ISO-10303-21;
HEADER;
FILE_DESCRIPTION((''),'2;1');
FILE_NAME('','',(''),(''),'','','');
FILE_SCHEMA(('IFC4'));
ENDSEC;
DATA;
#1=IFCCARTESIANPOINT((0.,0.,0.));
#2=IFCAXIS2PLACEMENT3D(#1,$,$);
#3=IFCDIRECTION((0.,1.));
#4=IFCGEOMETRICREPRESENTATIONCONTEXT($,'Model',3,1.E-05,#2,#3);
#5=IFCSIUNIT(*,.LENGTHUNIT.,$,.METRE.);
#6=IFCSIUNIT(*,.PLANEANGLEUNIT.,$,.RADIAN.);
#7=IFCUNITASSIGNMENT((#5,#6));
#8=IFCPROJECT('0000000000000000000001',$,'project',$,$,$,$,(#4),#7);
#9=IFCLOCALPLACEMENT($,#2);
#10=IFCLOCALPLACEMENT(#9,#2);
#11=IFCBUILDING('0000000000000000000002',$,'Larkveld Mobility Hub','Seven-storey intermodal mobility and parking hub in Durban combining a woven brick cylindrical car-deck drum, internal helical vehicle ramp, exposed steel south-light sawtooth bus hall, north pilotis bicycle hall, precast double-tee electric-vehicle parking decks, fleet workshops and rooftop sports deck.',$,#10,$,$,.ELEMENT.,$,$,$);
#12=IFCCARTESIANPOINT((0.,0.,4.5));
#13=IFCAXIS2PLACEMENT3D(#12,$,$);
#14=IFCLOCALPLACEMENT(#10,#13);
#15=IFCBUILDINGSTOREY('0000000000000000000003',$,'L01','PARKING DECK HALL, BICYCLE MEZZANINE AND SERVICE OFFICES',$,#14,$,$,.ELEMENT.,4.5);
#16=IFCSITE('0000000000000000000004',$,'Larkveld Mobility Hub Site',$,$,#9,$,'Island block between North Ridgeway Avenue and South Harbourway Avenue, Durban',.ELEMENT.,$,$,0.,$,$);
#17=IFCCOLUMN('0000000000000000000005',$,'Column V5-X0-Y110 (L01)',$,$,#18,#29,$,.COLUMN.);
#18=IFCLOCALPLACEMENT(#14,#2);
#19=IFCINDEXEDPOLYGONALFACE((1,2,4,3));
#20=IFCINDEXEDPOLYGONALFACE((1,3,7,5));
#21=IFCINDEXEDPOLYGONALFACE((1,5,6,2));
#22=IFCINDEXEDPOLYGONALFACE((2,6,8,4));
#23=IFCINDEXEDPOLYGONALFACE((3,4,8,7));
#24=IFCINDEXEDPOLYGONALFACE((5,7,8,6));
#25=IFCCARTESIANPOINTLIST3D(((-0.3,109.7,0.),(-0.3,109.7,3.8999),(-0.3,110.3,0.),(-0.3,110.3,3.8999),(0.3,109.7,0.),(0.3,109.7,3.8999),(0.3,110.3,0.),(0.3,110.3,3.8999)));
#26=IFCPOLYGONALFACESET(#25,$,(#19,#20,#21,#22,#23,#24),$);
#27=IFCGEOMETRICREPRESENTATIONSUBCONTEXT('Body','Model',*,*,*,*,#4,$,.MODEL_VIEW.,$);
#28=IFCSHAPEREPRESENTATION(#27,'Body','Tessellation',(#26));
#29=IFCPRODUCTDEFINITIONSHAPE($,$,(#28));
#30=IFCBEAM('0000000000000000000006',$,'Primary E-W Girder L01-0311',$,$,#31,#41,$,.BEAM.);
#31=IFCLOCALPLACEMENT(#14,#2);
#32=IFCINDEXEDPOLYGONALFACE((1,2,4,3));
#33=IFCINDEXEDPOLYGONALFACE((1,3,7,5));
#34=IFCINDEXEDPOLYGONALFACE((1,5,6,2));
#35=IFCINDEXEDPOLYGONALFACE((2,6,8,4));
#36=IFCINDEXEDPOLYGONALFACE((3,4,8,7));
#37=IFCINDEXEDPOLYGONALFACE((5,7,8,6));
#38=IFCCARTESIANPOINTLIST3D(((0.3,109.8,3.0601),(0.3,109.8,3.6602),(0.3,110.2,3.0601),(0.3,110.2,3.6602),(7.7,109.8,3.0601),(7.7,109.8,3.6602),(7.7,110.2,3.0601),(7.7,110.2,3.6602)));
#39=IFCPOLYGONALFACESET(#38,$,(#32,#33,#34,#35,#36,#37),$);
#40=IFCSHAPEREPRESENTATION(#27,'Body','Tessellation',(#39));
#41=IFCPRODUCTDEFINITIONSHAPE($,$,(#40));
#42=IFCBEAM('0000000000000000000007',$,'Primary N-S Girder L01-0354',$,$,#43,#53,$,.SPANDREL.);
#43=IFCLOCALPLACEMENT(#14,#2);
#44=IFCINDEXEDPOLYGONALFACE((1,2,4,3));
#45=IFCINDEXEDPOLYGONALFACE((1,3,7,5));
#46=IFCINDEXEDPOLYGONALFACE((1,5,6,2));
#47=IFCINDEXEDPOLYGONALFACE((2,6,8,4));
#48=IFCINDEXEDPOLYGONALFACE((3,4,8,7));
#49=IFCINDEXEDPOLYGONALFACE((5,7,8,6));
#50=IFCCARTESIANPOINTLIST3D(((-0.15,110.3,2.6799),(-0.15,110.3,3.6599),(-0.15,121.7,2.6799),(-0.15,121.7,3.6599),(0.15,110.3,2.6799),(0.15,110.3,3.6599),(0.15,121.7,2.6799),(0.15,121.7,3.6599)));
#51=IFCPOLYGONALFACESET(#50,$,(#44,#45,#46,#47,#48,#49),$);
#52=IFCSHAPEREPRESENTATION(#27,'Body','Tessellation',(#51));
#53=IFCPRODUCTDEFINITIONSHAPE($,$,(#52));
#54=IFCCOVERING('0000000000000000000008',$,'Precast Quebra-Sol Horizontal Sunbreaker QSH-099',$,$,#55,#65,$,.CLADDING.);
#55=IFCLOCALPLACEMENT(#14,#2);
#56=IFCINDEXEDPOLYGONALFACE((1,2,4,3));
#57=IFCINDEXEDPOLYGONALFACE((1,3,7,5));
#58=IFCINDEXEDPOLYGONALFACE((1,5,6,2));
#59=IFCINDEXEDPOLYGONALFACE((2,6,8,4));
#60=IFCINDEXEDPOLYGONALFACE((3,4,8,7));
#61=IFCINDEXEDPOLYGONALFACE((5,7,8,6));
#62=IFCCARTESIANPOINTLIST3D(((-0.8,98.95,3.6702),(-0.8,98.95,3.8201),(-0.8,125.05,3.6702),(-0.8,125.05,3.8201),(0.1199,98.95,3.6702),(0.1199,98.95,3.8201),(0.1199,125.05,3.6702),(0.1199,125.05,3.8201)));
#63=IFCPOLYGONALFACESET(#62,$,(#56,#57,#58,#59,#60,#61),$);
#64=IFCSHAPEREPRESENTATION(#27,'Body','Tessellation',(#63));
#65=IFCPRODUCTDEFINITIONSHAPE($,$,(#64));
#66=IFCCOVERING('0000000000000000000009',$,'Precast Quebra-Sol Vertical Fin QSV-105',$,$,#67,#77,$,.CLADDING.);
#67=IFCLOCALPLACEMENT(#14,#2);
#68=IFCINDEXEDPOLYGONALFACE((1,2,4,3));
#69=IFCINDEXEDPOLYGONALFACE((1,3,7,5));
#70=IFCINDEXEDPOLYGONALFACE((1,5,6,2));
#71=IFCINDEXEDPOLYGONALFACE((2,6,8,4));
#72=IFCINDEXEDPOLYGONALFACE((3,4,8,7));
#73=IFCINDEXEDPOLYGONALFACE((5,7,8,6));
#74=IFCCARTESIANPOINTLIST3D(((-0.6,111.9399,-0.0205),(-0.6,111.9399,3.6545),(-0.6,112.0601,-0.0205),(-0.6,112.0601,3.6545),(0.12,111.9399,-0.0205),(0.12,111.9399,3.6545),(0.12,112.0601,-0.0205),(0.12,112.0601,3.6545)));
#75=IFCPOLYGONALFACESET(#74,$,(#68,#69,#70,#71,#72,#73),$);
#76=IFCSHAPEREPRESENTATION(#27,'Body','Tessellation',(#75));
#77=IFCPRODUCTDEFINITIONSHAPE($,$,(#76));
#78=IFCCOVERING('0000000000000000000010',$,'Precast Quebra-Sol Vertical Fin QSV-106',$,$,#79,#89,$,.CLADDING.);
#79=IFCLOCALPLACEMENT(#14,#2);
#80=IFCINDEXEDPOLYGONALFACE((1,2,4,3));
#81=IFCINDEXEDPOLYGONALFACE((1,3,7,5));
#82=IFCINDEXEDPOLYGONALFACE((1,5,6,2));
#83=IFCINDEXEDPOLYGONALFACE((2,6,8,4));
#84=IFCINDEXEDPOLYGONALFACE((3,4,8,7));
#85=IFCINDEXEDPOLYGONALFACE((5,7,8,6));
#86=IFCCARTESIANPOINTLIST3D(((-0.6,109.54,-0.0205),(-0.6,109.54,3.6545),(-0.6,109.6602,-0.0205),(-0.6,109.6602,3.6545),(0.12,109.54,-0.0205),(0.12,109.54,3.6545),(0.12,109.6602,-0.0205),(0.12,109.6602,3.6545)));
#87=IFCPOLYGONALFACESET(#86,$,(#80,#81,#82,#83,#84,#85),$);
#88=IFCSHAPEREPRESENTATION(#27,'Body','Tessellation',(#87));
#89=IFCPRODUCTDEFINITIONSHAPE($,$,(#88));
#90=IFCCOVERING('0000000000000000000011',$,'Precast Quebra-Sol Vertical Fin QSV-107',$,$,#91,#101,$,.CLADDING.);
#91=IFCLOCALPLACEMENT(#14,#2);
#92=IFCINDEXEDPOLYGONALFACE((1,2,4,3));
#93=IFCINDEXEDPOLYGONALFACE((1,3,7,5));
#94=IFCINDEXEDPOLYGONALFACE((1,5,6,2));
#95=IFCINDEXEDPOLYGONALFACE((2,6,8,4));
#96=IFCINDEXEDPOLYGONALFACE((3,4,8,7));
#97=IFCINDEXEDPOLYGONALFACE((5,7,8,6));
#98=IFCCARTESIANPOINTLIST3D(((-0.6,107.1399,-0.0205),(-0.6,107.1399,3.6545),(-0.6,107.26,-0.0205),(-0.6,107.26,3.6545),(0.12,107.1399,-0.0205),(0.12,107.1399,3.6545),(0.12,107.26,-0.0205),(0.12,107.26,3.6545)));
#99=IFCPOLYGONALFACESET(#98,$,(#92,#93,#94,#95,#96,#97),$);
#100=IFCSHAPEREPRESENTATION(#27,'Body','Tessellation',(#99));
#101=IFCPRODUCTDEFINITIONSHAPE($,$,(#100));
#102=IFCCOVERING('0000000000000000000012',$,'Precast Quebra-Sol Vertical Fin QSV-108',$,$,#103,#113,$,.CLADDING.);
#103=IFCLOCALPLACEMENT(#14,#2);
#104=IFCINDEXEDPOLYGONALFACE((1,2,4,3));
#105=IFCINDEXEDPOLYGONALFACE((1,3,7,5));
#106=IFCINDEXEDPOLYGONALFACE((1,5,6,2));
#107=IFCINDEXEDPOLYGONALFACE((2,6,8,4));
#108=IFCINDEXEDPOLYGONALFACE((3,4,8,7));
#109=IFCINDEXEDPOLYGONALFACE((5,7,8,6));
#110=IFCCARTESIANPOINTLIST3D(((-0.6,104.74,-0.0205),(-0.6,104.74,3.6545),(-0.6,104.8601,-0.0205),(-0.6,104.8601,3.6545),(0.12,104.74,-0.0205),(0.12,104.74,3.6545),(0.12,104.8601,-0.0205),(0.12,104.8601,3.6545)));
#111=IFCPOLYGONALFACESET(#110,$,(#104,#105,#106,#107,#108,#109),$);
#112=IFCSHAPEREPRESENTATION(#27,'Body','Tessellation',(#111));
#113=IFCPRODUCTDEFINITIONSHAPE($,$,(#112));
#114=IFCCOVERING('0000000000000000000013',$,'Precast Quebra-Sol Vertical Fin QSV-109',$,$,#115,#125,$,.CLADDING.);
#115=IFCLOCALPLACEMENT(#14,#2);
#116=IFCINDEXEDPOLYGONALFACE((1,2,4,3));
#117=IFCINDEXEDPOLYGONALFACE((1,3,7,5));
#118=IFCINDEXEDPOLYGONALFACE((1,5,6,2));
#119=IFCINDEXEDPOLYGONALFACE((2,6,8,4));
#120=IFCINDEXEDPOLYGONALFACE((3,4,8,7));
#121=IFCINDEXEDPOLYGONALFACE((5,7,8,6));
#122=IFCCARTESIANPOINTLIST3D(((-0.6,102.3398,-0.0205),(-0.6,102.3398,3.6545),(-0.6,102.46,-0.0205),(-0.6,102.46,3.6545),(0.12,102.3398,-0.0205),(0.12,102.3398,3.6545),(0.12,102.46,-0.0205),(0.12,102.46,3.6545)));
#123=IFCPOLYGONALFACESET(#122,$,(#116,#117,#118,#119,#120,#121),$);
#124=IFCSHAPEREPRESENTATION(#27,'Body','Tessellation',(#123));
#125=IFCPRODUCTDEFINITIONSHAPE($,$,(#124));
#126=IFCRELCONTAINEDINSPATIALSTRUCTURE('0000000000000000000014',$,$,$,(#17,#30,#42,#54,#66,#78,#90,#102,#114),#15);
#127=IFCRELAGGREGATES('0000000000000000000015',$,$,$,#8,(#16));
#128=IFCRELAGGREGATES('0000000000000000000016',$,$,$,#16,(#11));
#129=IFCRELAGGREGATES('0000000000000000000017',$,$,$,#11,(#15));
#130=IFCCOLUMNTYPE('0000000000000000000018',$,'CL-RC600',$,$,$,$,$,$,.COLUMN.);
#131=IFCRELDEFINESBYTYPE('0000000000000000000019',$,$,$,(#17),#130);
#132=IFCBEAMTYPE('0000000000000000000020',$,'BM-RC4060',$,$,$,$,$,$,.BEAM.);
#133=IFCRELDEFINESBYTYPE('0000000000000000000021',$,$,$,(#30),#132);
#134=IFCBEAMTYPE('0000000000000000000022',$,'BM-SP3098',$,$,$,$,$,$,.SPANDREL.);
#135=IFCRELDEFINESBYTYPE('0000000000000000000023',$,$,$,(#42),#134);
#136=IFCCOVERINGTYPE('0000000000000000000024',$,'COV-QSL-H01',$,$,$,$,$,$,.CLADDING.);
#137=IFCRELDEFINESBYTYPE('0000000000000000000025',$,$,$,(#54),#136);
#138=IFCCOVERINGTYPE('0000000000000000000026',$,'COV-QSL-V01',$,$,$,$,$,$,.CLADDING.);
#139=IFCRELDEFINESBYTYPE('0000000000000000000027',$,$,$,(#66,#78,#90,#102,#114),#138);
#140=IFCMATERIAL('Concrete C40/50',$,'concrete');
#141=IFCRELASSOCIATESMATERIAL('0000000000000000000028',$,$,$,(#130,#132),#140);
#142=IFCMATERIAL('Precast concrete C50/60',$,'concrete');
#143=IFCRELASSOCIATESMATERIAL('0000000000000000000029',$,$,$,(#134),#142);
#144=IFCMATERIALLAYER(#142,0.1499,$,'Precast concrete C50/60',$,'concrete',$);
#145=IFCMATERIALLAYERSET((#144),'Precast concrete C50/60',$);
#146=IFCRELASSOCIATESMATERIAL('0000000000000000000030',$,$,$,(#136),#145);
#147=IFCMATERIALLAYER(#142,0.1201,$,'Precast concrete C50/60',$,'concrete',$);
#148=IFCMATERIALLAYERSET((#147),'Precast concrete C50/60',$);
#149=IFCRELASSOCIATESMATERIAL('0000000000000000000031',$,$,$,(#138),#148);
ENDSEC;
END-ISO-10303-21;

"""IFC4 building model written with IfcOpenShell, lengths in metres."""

from ifc_helpers import new_model, si_unit, direction, frame, origin, origin_2d, place, context, subcontext, project, spatial, rectangle, extrude, material, layer, layer_set, material_profile, profile_set, type_object, element, save


model = new_model("IFC4")

# Units and contexts
model_context = context("Model", 3, precision=1e-05, world=origin(), true_north=direction((0.0, 1.0)))
body_context = subcontext(model_context, "Body", "Model", "MODEL_VIEW")
ifc_project = project(units=[si_unit("LENGTHUNIT", "METRE"), si_unit("PLANEANGLEUNIT", "RADIAN")], contexts=[model_context])

# Site, building, storey
site_placement = place(None, origin())
site = spatial("IfcSite", under=ifc_project, at=site_placement, Name="Larkveld Mobility Hub Site", LongName="Island block between North Ridgeway Avenue and South Harbourway Avenue, Durban", CompositionType="ELEMENT", RefElevation=0.0)
building_placement = place(site_placement, origin())
building = spatial("IfcBuilding", under=site, at=building_placement, Name="Larkveld Mobility Hub", Description="Seven-storey intermodal mobility and parking hub in Durban combining a woven brick cylindrical car-deck drum, internal helical vehicle ramp, exposed steel south-light sawtooth bus hall, north pilotis bicycle hall, precast double-tee electric-vehicle parking decks, fleet workshops and rooftop sports deck.", CompositionType="ELEMENT")
storey_placement = place(building_placement, frame((0.0, 0.0, 4.5)))
storey = spatial("IfcBuildingStorey", under=building, at=storey_placement, Name="L01", Description="PARKING DECK HALL, BICYCLE MEZZANINE AND SERVICE OFFICES", CompositionType="ELEMENT", Elevation=4.5)

# Column
ifc_material_1 = material(Name="Concrete C40/50", Category="concrete")
ifc_material_profile_1 = material_profile(ifc_material_1, rectangle(XDim=0.6001, YDim=0.6001, at=origin_2d()), Name="RC COL 600x600")
ifc_profile_set_1 = profile_set([ifc_material_profile_1], Name="Concrete C40/50")
column_type = type_object("IfcColumnType", Name="CL-RC600", PredefinedType="COLUMN", material=ifc_profile_set_1)
column_placement = place(storey_placement, frame((0.0, 110.0, 0.0), z_axis=(0.0, 0.0, 1.0), x_axis=(1.0, 0.0, 0.0)))
element("IfcColumn", 1, at=column_placement, inside=storey, type_object=column_type, Name="Column V5-X0-Y110 (L01)", PredefinedType="COLUMN", context=body_context, shape_type="SweptSolid", body=[
    extrude(rectangle(XDim=0.6001, YDim=0.6001, at=origin_2d()), origin(), (0.0, 0.0, 1.0), 3.8999),
])

# Beams
ifc_material_profile_2 = material_profile(ifc_material_1, rectangle(XDim=0.3999, YDim=0.6001, at=origin_2d()), Name="RC BM 400x600")
ifc_profile_set_2 = profile_set([ifc_material_profile_2], Name="Concrete C40/50")
beam_type_1 = type_object("IfcBeamType", Name="BM-RC4060", PredefinedType="BEAM", material=ifc_profile_set_2)
beam_1_placement = place(storey_placement, frame((0.3, 110.0, 3.3601), z_axis=(1.0, 0.0, 0.0), x_axis=(0.0, 1.0, 0.0)))
element("IfcBeam", 2, at=beam_1_placement, inside=storey, type_object=beam_type_1, Name="Primary E-W Girder L01-0311", PredefinedType="BEAM", context=body_context, shape_type="SweptSolid", body=[
    extrude(rectangle(XDim=0.3999, YDim=0.6001, at=origin_2d()), origin(), (0.0, 0.0, 1.0), 7.3999),
])
ifc_material_2 = material(Name="Precast concrete C50/60", Category="concrete")
ifc_material_profile_3 = material_profile(ifc_material_2, rectangle(XDim=0.3, YDim=0.98, at=origin_2d()), Name="PC SP 300x980")
ifc_profile_set_3 = profile_set([ifc_material_profile_3], Name="Precast concrete C50/60")
beam_type_2 = type_object("IfcBeamType", Name="BM-SP3098", PredefinedType="SPANDREL", material=ifc_profile_set_3)
beam_2_placement = place(storey_placement, frame((0.0, 110.3, 3.1699), z_axis=(0.0, 1.0, 0.0), x_axis=(-1.0, 0.0, 0.0)))
element("IfcBeam", 3, at=beam_2_placement, inside=storey, type_object=beam_type_2, Name="Primary N-S Girder L01-0354", PredefinedType="SPANDREL", context=body_context, shape_type="SweptSolid", body=[
    extrude(rectangle(XDim=0.3, YDim=0.98, at=origin_2d()), origin(), (0.0, 0.0, 1.0), 11.3999),
])

# Coverings
ifc_layer_1 = layer(ifc_material_2, 0.1499, Name="Precast concrete C50/60", Category="concrete")
ifc_layer_set_1 = layer_set([ifc_layer_1], Name="Precast concrete C50/60")
covering_type_1 = type_object("IfcCoveringType", Name="COV-QSL-H01", PredefinedType="CLADDING", material=ifc_layer_set_1)
covering_placement = place(storey_placement, frame((-0.3401, 112.0, 3.6702), z_axis=(0.0, 0.0, 1.0), x_axis=(0.0, -1.0, 0.0)))
element("IfcCovering", 4, at=covering_placement, inside=storey, type_object=covering_type_1, Name="Precast Quebra-Sol Horizontal Sunbreaker QSH-099", PredefinedType="CLADDING", context=body_context, shape_type="SweptSolid", body=[
    extrude(rectangle(XDim=26.1001, YDim=0.9199, at=origin_2d()), origin(), (0.0, 0.0, 1.0), 0.1499),
])
ifc_layer_2 = layer(ifc_material_2, 0.1201, Name="Precast concrete C50/60", Category="concrete")
ifc_layer_set_2 = layer_set([ifc_layer_2], Name="Precast concrete C50/60")
covering_type_2 = type_object("IfcCoveringType", Name="COV-QSL-V01", PredefinedType="CLADDING", material=ifc_layer_set_2)
for number, where, z_axis, x_axis, name in (
    (5, (-0.24, 112.0, -0.0205), (0.0, 0.0, 1.0), (0.0, -1.0, 0.0), "Precast Quebra-Sol Vertical Fin QSV-105"),
    (6, (-0.24, 109.6001, -0.0205), (0.0, 0.0, 1.0), (0.0, -1.0, 0.0), "Precast Quebra-Sol Vertical Fin QSV-106"),
    (7, (-0.24, 107.2, -0.0205), (0.0, 0.0, 1.0), (0.0, -1.0, 0.0), "Precast Quebra-Sol Vertical Fin QSV-107"),
    (8, (-0.24, 104.8, -0.0205), (0.0, 0.0, 1.0), (0.0, -1.0, 0.0), "Precast Quebra-Sol Vertical Fin QSV-108"),
    (9, (-0.24, 102.3999, -0.0205), (0.0, 0.0, 1.0), (0.0, -1.0, 0.0), "Precast Quebra-Sol Vertical Fin QSV-109"),
):
    element("IfcCovering", number, at=place(storey_placement, frame(where, z_axis=z_axis, x_axis=x_axis)), inside=storey, type_object=covering_type_2, Name=name, PredefinedType="CLADDING", context=body_context, shape_type="SweptSolid", body=[
        extrude(rectangle(XDim=0.1201, YDim=0.72, at=origin_2d()), origin(), (0.0, 0.0, 1.0), 3.675),
    ])

save(model, "model.ifc")
